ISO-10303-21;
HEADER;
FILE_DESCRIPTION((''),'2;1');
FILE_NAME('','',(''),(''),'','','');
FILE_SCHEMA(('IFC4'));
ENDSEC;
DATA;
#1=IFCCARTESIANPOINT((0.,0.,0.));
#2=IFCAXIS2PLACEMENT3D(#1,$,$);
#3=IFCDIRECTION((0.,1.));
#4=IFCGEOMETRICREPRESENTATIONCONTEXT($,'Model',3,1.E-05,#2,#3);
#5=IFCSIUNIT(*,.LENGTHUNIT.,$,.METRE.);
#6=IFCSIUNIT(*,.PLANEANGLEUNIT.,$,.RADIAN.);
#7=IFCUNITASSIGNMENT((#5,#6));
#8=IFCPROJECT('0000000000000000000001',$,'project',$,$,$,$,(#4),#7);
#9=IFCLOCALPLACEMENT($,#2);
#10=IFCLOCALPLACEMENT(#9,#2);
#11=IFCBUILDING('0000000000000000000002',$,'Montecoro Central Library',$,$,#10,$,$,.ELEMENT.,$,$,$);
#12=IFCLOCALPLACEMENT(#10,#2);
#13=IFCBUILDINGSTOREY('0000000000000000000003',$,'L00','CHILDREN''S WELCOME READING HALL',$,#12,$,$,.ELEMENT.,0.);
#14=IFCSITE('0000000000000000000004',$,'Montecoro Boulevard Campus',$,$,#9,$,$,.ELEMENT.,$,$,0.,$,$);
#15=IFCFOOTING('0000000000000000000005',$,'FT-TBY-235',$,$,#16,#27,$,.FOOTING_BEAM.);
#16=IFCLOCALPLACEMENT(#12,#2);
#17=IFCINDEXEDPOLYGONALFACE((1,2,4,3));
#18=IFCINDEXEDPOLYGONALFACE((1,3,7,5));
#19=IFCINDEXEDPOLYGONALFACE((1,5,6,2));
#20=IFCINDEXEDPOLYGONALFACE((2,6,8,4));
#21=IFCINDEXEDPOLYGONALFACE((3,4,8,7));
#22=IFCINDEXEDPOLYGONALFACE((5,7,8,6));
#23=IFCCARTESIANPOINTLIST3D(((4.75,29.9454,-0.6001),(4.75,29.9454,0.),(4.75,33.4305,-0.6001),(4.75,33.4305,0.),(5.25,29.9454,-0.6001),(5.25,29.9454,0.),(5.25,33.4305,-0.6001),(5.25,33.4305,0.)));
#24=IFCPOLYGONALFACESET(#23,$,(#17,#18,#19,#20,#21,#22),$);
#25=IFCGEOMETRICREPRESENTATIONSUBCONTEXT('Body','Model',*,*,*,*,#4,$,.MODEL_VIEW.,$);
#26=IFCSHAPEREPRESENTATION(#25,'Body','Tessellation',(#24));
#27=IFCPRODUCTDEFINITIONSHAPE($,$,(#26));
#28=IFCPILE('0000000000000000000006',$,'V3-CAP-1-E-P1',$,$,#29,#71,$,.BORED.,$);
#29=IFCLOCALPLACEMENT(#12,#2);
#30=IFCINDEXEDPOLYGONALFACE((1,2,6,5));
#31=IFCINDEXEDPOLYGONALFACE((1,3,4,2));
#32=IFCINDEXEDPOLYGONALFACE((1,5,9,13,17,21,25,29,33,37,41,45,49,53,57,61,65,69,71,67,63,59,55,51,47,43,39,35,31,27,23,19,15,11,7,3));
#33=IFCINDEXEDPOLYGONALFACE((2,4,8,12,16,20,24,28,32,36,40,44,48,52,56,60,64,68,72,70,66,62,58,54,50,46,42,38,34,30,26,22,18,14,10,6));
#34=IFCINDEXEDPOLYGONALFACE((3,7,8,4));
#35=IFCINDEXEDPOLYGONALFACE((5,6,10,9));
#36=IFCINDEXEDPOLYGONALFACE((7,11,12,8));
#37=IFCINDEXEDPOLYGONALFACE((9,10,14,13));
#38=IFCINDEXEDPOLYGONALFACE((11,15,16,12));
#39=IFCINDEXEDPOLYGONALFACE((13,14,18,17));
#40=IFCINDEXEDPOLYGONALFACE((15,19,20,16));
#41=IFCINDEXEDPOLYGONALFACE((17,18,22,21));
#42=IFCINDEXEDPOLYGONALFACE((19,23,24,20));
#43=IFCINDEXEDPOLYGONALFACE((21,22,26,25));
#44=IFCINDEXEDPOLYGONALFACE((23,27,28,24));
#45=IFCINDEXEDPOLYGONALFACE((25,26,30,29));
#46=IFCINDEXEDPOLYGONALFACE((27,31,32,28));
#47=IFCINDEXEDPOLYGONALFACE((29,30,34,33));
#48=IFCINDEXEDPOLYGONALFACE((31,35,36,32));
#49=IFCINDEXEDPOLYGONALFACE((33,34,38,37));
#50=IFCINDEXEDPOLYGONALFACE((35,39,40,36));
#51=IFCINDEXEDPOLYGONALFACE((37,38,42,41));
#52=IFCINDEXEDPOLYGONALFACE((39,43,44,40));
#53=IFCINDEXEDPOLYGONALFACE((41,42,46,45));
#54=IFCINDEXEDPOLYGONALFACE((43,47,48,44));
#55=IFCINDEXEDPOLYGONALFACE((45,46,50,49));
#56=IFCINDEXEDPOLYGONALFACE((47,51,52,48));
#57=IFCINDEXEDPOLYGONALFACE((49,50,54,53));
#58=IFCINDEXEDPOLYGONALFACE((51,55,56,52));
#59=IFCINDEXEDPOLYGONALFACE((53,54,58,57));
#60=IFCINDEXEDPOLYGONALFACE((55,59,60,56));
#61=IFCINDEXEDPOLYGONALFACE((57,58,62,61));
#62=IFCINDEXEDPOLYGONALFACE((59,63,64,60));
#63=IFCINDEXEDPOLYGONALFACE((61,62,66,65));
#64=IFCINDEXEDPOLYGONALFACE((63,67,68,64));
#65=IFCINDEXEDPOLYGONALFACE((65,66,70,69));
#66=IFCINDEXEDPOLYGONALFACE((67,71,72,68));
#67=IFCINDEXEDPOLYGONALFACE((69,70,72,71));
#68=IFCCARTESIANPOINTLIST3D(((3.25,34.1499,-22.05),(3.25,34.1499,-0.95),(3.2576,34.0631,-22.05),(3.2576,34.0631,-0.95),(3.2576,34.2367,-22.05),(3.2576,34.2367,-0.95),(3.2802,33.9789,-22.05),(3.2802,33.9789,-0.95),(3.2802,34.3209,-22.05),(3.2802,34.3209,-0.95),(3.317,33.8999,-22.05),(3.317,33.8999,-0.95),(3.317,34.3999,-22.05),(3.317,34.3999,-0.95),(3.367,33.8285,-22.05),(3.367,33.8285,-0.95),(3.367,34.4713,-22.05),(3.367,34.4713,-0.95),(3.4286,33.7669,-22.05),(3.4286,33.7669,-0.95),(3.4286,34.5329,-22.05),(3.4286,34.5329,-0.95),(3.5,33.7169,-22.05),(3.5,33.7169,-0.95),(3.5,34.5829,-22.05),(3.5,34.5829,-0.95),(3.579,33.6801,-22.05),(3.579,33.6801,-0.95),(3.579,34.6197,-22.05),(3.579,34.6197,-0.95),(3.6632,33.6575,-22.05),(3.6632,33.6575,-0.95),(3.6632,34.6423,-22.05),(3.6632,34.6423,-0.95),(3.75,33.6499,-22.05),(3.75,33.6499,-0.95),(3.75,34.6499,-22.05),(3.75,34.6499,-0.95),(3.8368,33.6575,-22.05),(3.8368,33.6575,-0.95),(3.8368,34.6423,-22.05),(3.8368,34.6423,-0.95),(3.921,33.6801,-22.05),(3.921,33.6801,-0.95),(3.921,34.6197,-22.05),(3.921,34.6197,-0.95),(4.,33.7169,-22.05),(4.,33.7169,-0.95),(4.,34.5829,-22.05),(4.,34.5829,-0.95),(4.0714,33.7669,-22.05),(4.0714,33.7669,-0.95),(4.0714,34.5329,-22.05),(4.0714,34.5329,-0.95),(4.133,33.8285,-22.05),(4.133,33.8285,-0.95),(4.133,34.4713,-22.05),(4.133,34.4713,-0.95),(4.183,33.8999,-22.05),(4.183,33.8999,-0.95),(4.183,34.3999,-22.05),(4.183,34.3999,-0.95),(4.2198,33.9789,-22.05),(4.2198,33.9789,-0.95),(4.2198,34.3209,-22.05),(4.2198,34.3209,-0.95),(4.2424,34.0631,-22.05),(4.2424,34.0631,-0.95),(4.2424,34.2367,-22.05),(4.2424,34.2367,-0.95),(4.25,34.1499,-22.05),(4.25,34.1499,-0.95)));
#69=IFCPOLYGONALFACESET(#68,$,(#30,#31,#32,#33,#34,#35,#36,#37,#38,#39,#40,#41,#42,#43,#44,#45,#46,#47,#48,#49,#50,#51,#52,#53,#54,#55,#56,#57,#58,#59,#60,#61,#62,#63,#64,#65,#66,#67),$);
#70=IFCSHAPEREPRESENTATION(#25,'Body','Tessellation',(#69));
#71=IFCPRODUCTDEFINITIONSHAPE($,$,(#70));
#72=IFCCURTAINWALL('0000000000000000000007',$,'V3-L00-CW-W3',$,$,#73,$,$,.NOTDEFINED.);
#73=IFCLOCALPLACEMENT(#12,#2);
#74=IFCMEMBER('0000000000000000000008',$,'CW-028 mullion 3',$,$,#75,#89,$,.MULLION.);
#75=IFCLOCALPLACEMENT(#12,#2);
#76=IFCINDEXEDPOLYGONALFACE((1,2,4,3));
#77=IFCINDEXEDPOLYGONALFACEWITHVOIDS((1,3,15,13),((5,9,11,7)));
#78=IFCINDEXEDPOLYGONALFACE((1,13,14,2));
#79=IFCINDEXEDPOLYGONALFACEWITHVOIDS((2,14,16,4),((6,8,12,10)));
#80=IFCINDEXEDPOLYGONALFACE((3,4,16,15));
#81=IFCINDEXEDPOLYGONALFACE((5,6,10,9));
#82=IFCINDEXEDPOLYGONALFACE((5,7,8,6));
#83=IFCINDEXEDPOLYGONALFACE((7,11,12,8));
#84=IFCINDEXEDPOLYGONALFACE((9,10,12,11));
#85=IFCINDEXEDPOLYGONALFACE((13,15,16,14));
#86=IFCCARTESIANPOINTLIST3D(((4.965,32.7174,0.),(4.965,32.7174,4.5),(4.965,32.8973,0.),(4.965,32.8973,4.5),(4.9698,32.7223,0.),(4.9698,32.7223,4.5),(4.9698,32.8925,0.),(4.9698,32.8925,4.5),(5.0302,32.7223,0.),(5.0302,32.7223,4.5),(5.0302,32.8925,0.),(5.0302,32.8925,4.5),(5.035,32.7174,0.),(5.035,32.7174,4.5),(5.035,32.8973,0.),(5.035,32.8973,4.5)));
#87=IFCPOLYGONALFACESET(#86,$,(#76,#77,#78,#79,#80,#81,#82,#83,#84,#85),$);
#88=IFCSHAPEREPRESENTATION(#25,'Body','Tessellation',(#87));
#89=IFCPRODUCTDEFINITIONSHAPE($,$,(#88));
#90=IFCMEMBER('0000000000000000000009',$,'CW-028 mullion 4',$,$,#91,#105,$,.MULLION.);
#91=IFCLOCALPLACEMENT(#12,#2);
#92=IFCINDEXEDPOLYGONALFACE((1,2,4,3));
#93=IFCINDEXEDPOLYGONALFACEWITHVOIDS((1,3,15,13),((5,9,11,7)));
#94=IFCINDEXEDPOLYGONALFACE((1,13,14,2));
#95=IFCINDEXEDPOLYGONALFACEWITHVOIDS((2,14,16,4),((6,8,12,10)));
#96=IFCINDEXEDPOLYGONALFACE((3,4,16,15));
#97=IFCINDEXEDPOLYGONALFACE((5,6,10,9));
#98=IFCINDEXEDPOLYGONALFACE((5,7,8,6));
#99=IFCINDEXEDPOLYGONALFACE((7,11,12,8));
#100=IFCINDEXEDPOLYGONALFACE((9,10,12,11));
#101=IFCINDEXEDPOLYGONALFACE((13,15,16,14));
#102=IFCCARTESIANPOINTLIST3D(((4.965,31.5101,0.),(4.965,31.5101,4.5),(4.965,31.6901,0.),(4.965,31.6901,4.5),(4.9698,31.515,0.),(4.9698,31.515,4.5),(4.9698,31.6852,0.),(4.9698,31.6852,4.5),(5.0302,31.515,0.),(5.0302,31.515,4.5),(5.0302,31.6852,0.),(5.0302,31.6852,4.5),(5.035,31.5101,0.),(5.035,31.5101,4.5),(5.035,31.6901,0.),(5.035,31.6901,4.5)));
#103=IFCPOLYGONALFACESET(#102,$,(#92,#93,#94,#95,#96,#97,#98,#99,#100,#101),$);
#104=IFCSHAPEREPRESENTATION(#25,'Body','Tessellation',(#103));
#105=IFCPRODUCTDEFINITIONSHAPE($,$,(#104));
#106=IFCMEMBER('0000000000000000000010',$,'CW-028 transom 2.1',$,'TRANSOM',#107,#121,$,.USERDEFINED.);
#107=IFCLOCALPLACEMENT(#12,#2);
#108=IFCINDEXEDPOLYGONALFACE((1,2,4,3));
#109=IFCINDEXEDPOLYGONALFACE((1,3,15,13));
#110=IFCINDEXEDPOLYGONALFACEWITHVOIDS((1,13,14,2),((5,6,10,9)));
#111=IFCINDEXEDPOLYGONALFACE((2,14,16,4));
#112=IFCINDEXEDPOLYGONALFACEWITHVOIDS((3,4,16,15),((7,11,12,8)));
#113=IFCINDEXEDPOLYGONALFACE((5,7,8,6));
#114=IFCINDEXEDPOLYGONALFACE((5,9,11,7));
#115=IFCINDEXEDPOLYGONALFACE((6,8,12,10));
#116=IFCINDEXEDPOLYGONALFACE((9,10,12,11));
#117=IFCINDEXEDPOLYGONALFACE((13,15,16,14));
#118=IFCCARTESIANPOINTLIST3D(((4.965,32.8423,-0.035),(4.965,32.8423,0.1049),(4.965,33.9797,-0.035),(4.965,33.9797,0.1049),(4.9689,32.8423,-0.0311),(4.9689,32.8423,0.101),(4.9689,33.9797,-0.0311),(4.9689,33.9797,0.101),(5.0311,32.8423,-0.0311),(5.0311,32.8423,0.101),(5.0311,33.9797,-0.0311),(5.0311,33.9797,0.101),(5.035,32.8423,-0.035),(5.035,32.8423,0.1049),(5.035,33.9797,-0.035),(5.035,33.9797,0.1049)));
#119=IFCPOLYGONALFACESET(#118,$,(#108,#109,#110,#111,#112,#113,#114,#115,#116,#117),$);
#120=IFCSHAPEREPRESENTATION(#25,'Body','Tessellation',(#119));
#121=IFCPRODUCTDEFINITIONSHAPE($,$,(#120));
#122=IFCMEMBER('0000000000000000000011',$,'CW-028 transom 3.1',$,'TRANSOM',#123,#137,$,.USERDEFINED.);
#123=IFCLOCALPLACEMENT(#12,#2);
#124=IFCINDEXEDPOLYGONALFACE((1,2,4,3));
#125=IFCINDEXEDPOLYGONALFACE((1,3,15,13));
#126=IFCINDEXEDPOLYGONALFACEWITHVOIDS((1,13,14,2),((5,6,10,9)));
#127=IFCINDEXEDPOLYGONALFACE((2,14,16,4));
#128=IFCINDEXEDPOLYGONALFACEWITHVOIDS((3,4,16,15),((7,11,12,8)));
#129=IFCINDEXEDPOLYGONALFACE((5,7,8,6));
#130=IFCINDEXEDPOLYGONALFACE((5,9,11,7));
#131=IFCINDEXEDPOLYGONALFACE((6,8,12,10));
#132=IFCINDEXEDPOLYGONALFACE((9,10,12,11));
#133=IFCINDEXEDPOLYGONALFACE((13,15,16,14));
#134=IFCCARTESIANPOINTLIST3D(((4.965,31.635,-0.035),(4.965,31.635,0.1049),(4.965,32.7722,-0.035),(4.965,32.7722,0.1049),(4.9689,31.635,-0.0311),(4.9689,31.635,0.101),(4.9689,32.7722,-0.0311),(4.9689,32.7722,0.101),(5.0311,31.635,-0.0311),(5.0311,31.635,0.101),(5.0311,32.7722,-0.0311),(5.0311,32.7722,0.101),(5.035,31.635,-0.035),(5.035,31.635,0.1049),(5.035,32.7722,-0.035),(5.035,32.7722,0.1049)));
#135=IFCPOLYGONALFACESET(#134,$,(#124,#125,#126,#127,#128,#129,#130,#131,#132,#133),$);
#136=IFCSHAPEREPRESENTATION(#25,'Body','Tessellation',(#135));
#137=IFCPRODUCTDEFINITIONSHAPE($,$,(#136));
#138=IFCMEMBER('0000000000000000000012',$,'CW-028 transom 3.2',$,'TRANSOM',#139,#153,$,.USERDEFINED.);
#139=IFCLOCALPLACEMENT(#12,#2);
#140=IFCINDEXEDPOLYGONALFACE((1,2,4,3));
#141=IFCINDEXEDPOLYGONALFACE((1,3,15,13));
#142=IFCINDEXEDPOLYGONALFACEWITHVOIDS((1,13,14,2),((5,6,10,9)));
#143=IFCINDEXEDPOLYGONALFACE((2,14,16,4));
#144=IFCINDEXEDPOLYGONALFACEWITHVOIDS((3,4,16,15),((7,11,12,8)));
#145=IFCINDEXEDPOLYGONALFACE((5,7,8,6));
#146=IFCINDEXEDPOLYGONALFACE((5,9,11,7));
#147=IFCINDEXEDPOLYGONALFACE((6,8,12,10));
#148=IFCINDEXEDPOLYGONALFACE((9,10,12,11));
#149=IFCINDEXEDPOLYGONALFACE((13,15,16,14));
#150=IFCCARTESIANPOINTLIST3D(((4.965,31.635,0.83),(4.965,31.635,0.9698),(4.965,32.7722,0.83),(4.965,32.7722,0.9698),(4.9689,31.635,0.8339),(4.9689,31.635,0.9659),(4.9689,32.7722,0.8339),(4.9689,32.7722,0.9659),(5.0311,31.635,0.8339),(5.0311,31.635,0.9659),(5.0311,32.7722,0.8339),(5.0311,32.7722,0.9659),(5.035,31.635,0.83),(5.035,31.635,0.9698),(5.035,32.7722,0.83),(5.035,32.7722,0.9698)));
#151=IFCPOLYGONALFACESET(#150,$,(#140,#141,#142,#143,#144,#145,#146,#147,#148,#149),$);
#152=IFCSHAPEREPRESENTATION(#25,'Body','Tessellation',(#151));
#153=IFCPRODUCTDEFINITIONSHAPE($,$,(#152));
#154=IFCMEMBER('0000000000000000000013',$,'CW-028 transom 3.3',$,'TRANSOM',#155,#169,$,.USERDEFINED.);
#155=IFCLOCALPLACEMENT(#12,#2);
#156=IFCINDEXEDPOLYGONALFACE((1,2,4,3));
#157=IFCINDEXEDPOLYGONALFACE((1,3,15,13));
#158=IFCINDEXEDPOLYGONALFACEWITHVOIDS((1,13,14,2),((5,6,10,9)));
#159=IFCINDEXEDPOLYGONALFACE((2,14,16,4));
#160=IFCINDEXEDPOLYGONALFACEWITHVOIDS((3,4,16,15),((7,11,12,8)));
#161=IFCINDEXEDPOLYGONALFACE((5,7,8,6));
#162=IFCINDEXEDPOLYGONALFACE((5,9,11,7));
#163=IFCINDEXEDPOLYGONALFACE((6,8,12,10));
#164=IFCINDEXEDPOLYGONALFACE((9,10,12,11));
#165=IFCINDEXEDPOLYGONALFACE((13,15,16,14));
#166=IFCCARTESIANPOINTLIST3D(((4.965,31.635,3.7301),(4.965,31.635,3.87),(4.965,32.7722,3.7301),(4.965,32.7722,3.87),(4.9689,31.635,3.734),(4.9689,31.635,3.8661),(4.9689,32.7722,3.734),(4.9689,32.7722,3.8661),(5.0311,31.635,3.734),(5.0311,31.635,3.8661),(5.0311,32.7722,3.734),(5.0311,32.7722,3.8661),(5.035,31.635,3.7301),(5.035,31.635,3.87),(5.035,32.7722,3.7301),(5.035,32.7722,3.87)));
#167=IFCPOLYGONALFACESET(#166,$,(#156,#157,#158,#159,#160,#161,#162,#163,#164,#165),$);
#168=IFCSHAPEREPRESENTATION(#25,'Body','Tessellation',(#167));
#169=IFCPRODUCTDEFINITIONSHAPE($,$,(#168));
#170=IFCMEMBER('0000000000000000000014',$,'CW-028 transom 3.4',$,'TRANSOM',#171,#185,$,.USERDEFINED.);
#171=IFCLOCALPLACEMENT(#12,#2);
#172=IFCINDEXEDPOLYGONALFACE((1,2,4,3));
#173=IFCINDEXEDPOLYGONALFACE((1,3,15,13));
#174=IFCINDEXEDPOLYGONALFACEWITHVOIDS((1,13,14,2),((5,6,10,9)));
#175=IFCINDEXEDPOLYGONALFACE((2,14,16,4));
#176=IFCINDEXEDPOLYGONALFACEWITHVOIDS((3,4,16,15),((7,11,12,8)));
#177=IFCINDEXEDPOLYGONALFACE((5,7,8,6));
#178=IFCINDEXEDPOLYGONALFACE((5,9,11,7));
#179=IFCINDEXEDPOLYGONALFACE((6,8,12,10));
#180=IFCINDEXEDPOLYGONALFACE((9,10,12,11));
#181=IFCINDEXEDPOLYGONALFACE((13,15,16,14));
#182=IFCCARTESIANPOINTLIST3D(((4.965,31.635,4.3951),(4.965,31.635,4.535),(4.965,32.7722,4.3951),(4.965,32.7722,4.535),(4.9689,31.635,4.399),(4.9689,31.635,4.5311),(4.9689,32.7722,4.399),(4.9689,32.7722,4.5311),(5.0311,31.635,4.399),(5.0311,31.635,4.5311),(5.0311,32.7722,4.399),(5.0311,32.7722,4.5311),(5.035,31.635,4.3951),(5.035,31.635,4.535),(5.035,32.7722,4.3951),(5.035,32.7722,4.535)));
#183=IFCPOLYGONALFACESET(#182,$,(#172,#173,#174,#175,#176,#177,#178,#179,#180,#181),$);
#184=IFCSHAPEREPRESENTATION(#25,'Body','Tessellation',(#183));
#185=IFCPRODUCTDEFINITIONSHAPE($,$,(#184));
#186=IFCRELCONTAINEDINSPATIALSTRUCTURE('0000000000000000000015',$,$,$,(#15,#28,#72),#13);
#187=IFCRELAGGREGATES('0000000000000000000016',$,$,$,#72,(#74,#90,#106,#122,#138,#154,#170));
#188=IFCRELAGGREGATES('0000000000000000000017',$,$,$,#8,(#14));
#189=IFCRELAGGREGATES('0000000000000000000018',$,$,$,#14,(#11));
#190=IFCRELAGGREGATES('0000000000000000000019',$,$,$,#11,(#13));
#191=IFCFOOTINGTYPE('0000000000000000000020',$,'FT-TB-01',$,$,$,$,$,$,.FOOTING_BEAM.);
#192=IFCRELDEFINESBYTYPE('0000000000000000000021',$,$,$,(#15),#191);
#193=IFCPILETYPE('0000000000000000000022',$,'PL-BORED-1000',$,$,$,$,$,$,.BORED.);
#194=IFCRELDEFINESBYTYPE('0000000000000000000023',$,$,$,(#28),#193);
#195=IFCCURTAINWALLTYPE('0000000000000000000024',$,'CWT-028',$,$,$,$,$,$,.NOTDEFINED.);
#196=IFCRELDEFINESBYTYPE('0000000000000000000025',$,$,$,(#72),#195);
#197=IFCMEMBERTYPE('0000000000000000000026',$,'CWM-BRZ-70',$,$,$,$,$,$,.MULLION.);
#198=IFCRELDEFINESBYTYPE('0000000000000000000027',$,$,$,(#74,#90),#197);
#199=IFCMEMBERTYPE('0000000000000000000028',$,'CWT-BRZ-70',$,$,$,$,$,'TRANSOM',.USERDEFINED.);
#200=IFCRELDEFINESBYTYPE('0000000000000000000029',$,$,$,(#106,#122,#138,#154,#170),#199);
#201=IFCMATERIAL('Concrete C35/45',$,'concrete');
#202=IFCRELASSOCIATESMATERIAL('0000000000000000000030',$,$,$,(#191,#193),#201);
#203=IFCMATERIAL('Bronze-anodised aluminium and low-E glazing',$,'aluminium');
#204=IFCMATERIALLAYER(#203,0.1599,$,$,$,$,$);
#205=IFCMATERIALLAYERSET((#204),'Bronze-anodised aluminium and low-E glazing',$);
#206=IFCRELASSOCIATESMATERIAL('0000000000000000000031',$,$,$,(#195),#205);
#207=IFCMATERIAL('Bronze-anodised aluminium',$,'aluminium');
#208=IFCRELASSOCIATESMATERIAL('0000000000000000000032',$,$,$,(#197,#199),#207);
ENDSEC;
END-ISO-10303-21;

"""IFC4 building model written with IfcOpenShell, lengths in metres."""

from ifc_helpers import new_model, si_unit, direction, frame, origin, origin_2d, place, context, subcontext, project, spatial, rectangle, hollow_rectangle, circle, extrude, material, layer, layer_set, material_profile, profile_set, type_object, element, aggregate, save


model = new_model("IFC4")

# Units and contexts
model_context = context("Model", 3, precision=1e-05, world=origin(), true_north=direction((0.0, 1.0)))
body_context = subcontext(model_context, "Body", "Model", "MODEL_VIEW")
ifc_project = project(units=[si_unit("LENGTHUNIT", "METRE"), si_unit("PLANEANGLEUNIT", "RADIAN")], contexts=[model_context])

# Site, building, storey
site_placement = place(None, origin())
site = spatial("IfcSite", under=ifc_project, at=site_placement, Name="Montecoro Boulevard Campus", CompositionType="ELEMENT", RefElevation=0.0)
building_placement = place(site_placement, origin())
building = spatial("IfcBuilding", under=site, at=building_placement, Name="Montecoro Central Library", CompositionType="ELEMENT")
storey_placement = place(building_placement, origin())
storey = spatial("IfcBuildingStorey", under=building, at=storey_placement, Name="L00", Description="CHILDREN'S WELCOME READING HALL", CompositionType="ELEMENT", Elevation=0.0)

# Footing
ifc_material_1 = material(Name="Concrete C35/45", Category="concrete")
footing_type = type_object("IfcFootingType", Name="FT-TB-01", PredefinedType="FOOTING_BEAM", material=ifc_material_1)
footing_placement = place(storey_placement, frame((5.0, 31.688, -0.6001), z_axis=(0.0, 0.0, 1.0), x_axis=(1.0, 0.0, 0.0)))
element("IfcFooting", 1, at=footing_placement, inside=storey, type_object=footing_type, Name="FT-TBY-235", PredefinedType="FOOTING_BEAM", context=body_context, shape_type="SweptSolid", body=[
    extrude(rectangle(XDim=0.5, YDim=3.4851, at=origin_2d()), origin(), (0.0, 0.0, 1.0), 0.6001),
])

# Pile
ifc_material_profile_1 = material_profile(ifc_material_1, circle(Radius=0.5, at=origin_2d()), Name="PILE D1000")
ifc_profile_set_1 = profile_set([ifc_material_profile_1], Name="Concrete C35/45")
pile_type = type_object("IfcPileType", Name="PL-BORED-1000", PredefinedType="BORED", material=ifc_profile_set_1)
pile_placement = place(storey_placement, frame((3.75, 34.1499, -0.95), z_axis=(0.0, 0.0, -1.0), x_axis=(1.0, 0.0, 0.0)))
element("IfcPile", 2, at=pile_placement, inside=storey, type_object=pile_type, Name="V3-CAP-1-E-P1", PredefinedType="BORED", context=body_context, shape_type="SweptSolid", body=[
    extrude(circle(Radius=0.5, at=origin_2d()), origin(), (0.0, 0.0, 1.0), 21.1001),
])

# Curtain wall, members
ifc_material_2 = material(Name="Bronze-anodised aluminium and low-E glazing", Category="aluminium")
ifc_layer_1 = layer(ifc_material_2, 0.1599)
ifc_layer_set_1 = layer_set([ifc_layer_1], Name="Bronze-anodised aluminium and low-E glazing")
curtain_wall_type = type_object("IfcCurtainWallType", Name="CWT-028", PredefinedType="NOTDEFINED", material=ifc_layer_set_1)
curtain_wall_placement = place(storey_placement, origin())
curtain_wall = element("IfcCurtainWall", 3, at=curtain_wall_placement, inside=storey, type_object=curtain_wall_type, Name="V3-L00-CW-W3", PredefinedType="NOTDEFINED")
ifc_material_3 = material(Name="Bronze-anodised aluminium", Category="aluminium")
ifc_material_profile_2 = material_profile(ifc_material_3, hollow_rectangle(XDim=0.0701, YDim=0.1799, WallThickness=0.0049, at=origin_2d()), Name="CWM 180x70x5.0")
ifc_profile_set_2 = profile_set([ifc_material_profile_2], Name="Bronze-anodised aluminium")
member_type_1 = type_object("IfcMemberType", Name="CWM-BRZ-70", PredefinedType="MULLION", material=ifc_profile_set_2)
member_1_placement = place(storey_placement, frame((5.0, 32.8074, 0.0), z_axis=(0.0, 0.0, 1.0), x_axis=(1.0, 0.0, 0.0)))
member_1 = element("IfcMember", 4, at=member_1_placement, type_object=member_type_1, Name="CW-028 mullion 3", PredefinedType="MULLION", context=body_context, shape_type="SweptSolid", body=[
    extrude(hollow_rectangle(XDim=0.0701, YDim=0.1799, WallThickness=0.0049, at=origin_2d()), origin(), (0.0, 0.0, 1.0), 4.5),
])
member_2_placement = place(storey_placement, frame((5.0, 31.6001, 0.0), z_axis=(0.0, 0.0, 1.0), x_axis=(1.0, 0.0, 0.0)))
member_2 = element("IfcMember", 5, at=member_2_placement, type_object=member_type_1, Name="CW-028 mullion 4", PredefinedType="MULLION", context=body_context, shape_type="SweptSolid", body=[
    extrude(hollow_rectangle(XDim=0.0701, YDim=0.1799, WallThickness=0.0049, at=origin_2d()), origin(), (0.0, 0.0, 1.0), 4.5),
])
ifc_material_profile_3 = material_profile(ifc_material_3, hollow_rectangle(XDim=0.0701, YDim=0.1399, WallThickness=0.0039, at=origin_2d()), Name="CWT 140x70x4.0")
ifc_profile_set_3 = profile_set([ifc_material_profile_3], Name="Bronze-anodised aluminium")
member_type_2 = type_object("IfcMemberType", Name="CWT-BRZ-70", ElementType="TRANSOM", PredefinedType="USERDEFINED", material=ifc_profile_set_3)
member_3_placement = place(storey_placement, frame((5.0, 33.9797, 0.0349), z_axis=(0.0, -1.0, 0.0), x_axis=(1.0, 0.0, 0.0)))
member_3 = element("IfcMember", 6, at=member_3_placement, type_object=member_type_2, Name="CW-028 transom 2.1", ObjectType="TRANSOM", PredefinedType="USERDEFINED", context=body_context, shape_type="SweptSolid", body=[
    extrude(hollow_rectangle(XDim=0.0701, YDim=0.1399, WallThickness=0.0039, at=origin_2d()), origin(), (0.0, 0.0, 1.0), 1.1375),
])
member_4_placement = place(storey_placement, frame((5.0, 32.7722, 0.0349), z_axis=(0.0, -1.0, 0.0), x_axis=(1.0, 0.0, 0.0)))
member_4 = element("IfcMember", 7, at=member_4_placement, type_object=member_type_2, Name="CW-028 transom 3.1", ObjectType="TRANSOM", PredefinedType="USERDEFINED", context=body_context, shape_type="SweptSolid", body=[
    extrude(hollow_rectangle(XDim=0.0701, YDim=0.1399, WallThickness=0.0039, at=origin_2d()), origin(), (0.0, 0.0, 1.0), 1.1372),
])
member_5_placement = place(storey_placement, frame((5.0, 32.7722, 0.8999), z_axis=(0.0, -1.0, 0.0), x_axis=(1.0, 0.0, 0.0)))
member_5 = element("IfcMember", 8, at=member_5_placement, type_object=member_type_2, Name="CW-028 transom 3.2", ObjectType="TRANSOM", PredefinedType="USERDEFINED", context=body_context, shape_type="SweptSolid", body=[
    extrude(hollow_rectangle(XDim=0.0701, YDim=0.1399, WallThickness=0.0039, at=origin_2d()), origin(), (0.0, 0.0, 1.0), 1.1372),
])
member_6_placement = place(storey_placement, frame((5.0, 32.7722, 3.8), z_axis=(0.0, -1.0, 0.0), x_axis=(1.0, 0.0, 0.0)))
member_6 = element("IfcMember", 9, at=member_6_placement, type_object=member_type_2, Name="CW-028 transom 3.3", ObjectType="TRANSOM", PredefinedType="USERDEFINED", context=body_context, shape_type="SweptSolid", body=[
    extrude(hollow_rectangle(XDim=0.0701, YDim=0.1399, WallThickness=0.0039, at=origin_2d()), origin(), (0.0, 0.0, 1.0), 1.1372),
])
member_7_placement = place(storey_placement, frame((5.0, 32.7722, 4.4651), z_axis=(0.0, -1.0, 0.0), x_axis=(1.0, 0.0, 0.0)))
member_7 = element("IfcMember", 10, at=member_7_placement, type_object=member_type_2, Name="CW-028 transom 3.4", ObjectType="TRANSOM", PredefinedType="USERDEFINED", context=body_context, shape_type="SweptSolid", body=[
    extrude(hollow_rectangle(XDim=0.0701, YDim=0.1399, WallThickness=0.0039, at=origin_2d()), origin(), (0.0, 0.0, 1.0), 1.1372),
])
aggregate(curtain_wall, [member_1, member_2, member_3, member_4, member_5, member_6, member_7])

save(model, "model.ifc")
